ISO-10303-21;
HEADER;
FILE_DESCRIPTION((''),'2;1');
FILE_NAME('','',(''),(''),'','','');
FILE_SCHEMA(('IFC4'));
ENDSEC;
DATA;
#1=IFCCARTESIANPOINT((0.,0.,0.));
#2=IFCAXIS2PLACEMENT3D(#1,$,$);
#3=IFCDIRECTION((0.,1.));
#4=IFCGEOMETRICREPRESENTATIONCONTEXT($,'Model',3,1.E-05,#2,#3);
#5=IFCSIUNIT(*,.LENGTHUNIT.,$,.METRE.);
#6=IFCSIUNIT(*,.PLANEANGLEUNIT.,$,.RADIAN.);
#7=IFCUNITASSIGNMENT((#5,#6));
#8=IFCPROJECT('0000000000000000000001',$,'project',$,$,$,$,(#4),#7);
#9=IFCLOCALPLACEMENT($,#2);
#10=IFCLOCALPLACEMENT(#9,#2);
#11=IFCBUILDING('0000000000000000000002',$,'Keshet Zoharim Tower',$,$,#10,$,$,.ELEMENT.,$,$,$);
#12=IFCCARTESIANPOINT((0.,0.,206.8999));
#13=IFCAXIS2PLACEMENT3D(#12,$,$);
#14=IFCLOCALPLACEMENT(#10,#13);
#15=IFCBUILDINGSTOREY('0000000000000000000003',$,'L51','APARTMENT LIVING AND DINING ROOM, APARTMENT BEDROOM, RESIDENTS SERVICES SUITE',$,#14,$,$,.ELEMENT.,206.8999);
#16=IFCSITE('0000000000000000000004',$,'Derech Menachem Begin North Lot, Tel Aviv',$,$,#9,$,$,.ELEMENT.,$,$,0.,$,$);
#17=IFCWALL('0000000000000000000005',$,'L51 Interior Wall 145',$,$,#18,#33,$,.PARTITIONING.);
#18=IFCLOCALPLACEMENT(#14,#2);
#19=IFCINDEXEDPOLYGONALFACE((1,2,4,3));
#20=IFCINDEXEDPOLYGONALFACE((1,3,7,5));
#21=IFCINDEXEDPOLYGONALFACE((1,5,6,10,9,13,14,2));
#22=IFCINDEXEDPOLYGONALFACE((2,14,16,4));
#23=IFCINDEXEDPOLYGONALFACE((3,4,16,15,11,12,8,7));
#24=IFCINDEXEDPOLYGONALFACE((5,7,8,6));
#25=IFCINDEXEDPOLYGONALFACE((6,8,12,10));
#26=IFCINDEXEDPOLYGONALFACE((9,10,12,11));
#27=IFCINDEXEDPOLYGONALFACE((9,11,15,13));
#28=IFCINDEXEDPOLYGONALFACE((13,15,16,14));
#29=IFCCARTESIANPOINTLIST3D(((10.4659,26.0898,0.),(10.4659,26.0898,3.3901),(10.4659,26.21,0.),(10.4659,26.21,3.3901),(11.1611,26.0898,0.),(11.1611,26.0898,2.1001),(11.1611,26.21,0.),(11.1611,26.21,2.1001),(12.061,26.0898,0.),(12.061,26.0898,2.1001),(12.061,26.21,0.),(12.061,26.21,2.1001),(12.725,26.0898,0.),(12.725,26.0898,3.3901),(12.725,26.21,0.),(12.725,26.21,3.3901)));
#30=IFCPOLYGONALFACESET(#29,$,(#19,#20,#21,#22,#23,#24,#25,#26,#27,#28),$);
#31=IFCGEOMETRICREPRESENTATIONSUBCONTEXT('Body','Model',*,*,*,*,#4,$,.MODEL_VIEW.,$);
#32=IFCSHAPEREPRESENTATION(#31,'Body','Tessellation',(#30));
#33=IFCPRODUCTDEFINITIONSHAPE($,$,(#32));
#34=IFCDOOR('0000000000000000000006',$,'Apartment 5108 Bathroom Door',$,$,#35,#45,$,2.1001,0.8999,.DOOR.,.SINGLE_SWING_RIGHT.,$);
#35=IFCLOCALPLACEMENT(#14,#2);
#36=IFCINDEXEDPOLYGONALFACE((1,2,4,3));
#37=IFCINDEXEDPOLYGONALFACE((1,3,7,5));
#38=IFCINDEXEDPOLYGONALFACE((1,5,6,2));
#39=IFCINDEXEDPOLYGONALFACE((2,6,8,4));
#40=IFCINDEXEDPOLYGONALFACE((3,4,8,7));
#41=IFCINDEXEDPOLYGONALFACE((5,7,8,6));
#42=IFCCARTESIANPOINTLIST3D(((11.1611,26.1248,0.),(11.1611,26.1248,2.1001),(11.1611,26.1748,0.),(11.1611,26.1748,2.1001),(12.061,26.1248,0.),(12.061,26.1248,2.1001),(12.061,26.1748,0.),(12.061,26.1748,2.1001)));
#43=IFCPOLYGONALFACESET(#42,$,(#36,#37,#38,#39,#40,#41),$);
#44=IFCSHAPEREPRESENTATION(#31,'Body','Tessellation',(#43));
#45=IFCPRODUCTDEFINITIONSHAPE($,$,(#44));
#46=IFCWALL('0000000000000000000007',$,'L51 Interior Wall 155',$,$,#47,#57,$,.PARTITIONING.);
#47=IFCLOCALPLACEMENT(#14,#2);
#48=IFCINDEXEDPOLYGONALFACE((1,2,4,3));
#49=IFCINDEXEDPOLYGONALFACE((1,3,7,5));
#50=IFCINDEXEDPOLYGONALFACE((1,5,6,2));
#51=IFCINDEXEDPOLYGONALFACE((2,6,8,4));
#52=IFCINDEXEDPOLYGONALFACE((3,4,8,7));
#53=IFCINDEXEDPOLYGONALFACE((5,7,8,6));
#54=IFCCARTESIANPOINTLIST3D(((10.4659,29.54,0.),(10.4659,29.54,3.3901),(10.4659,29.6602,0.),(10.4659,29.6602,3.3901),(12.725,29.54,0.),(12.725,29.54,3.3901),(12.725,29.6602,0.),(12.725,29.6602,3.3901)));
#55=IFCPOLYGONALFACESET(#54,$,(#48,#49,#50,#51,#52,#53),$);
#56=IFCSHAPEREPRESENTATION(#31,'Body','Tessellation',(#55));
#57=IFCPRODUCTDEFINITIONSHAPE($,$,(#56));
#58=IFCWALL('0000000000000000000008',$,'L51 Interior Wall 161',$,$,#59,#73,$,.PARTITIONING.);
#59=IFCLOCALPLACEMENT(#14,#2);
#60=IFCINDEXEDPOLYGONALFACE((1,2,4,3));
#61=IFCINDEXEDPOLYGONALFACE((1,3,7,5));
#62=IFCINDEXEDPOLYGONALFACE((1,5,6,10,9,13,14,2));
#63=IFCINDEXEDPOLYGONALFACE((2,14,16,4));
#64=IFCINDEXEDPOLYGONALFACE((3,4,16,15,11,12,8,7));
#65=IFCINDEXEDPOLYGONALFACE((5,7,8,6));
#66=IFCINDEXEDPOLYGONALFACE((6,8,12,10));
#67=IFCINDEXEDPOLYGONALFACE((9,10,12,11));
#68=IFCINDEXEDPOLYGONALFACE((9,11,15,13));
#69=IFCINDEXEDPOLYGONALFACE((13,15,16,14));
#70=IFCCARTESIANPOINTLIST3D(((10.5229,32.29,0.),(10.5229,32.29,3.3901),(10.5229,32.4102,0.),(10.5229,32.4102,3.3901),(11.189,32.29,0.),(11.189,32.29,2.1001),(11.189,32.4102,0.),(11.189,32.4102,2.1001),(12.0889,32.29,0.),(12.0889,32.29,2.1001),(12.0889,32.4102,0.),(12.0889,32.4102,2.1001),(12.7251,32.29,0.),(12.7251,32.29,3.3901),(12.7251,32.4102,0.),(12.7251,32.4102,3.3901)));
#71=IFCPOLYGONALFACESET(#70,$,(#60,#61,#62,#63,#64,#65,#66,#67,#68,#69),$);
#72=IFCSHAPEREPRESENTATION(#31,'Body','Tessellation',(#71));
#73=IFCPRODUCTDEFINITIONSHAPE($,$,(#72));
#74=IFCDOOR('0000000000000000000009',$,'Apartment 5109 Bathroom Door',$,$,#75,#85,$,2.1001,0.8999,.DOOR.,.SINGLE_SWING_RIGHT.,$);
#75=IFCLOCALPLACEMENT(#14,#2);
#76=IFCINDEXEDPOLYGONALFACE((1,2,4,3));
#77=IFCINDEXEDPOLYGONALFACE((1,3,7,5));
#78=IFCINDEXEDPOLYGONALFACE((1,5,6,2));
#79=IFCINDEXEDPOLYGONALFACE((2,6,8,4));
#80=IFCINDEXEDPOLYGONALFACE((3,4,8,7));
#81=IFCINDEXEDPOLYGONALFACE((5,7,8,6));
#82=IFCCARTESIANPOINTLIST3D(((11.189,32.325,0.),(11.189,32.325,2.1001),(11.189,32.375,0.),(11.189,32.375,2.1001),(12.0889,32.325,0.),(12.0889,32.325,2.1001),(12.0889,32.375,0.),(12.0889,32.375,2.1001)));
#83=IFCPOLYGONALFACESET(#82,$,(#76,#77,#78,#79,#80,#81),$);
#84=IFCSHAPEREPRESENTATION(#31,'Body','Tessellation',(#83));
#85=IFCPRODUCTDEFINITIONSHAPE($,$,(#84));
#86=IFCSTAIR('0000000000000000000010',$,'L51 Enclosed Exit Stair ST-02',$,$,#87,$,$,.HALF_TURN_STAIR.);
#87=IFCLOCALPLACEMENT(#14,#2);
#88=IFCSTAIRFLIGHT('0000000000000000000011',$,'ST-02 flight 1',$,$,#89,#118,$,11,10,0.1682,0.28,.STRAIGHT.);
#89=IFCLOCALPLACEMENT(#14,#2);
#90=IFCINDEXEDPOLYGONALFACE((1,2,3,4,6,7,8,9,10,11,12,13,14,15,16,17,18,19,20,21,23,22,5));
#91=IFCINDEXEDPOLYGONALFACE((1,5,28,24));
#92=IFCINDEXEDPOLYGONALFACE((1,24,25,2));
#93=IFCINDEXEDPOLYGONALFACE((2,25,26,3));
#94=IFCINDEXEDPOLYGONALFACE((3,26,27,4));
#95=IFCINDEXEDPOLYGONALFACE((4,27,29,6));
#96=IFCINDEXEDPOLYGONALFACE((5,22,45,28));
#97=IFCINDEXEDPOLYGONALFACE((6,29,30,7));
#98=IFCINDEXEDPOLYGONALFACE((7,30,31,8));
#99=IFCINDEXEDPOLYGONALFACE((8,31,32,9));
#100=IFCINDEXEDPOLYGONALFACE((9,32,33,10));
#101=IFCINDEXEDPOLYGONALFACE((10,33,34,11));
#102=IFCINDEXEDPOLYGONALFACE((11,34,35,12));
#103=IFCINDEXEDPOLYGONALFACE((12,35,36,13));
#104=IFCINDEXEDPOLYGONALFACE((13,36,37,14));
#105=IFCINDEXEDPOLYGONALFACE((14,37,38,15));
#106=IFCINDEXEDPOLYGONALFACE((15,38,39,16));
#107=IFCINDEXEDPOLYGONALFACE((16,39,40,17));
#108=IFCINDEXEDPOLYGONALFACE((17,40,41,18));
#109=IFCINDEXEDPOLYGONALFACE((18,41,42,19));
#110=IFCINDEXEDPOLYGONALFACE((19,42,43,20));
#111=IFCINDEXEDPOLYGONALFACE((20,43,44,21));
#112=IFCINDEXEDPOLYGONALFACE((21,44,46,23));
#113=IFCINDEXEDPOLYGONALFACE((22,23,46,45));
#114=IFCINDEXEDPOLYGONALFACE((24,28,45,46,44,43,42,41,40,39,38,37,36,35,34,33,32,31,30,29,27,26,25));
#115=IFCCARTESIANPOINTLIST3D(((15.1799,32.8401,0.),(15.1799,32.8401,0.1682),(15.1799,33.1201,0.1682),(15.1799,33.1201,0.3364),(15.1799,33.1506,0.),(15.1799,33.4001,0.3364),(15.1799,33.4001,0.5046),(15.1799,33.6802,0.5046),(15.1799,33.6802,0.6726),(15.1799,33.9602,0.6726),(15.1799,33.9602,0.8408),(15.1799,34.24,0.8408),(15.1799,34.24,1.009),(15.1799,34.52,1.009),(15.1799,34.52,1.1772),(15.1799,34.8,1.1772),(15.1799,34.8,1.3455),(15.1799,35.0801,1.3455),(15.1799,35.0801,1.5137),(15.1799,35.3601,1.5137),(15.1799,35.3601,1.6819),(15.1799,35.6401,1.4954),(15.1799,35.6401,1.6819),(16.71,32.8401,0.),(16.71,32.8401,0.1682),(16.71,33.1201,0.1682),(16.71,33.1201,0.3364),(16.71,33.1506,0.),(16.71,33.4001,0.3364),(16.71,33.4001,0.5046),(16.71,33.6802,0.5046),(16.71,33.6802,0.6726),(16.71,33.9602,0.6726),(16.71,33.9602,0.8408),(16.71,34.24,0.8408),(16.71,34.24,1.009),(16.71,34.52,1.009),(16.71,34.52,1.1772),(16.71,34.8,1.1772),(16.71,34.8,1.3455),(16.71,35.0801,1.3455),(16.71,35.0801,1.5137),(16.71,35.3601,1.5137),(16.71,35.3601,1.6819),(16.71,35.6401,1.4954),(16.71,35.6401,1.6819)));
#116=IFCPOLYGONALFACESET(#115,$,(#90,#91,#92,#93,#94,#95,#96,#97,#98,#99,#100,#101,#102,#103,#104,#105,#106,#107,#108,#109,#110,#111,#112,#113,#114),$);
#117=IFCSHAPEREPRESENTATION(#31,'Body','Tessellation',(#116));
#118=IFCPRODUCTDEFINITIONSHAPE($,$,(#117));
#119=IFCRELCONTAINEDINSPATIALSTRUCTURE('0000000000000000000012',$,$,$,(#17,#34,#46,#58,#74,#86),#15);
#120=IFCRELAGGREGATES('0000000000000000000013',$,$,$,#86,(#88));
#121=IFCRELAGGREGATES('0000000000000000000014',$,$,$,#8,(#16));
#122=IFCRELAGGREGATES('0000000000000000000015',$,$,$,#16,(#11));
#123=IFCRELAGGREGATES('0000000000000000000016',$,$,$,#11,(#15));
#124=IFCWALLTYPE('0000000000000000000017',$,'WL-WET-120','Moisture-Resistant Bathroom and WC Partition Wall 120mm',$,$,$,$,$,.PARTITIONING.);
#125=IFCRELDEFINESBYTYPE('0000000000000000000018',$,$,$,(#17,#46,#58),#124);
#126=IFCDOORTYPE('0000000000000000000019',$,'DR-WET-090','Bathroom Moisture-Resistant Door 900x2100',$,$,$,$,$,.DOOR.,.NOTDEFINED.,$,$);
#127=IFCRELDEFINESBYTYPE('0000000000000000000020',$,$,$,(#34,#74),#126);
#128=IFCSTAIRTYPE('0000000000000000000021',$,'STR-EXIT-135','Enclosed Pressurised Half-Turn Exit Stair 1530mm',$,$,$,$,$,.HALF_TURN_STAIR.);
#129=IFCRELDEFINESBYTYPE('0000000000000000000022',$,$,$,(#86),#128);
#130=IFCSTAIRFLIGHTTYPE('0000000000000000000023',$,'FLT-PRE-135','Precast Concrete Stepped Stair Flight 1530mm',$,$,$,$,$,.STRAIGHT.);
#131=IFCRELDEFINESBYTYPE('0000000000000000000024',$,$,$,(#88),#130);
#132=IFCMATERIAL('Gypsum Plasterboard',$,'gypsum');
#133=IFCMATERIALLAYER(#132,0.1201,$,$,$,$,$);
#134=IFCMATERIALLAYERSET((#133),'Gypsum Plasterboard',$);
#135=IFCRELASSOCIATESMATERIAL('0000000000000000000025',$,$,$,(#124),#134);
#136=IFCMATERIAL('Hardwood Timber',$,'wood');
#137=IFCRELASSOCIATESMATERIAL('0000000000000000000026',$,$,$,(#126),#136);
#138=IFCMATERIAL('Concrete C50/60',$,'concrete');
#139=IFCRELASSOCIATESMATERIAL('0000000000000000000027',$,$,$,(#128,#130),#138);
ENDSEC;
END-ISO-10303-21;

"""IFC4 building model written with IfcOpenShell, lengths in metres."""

from ifc_helpers import new_model, si_unit, direction, frame, frame_2d, origin, place, context, subcontext, project, spatial, polyline, rectangle, outline, extrude, material, layer, layer_set, type_object, element, fill, aggregate, save


model = new_model("IFC4")

# Units and contexts
model_context = context("Model", 3, precision=1e-05, world=origin(), true_north=direction((0.0, 1.0)))
body_context = subcontext(model_context, "Body", "Model", "MODEL_VIEW")
ifc_project = project(units=[si_unit("LENGTHUNIT", "METRE"), si_unit("PLANEANGLEUNIT", "RADIAN")], contexts=[model_context])

# Site, building, storey
site_placement = place(None, origin())
site = spatial("IfcSite", under=ifc_project, at=site_placement, Name="Derech Menachem Begin North Lot, Tel Aviv", CompositionType="ELEMENT", RefElevation=0.0)
building_placement = place(site_placement, origin())
building = spatial("IfcBuilding", under=site, at=building_placement, Name="Keshet Zoharim Tower", CompositionType="ELEMENT")
storey_placement = place(building_placement, frame((0.0, 0.0, 206.8999)))
storey = spatial("IfcBuildingStorey", under=building, at=storey_placement, Name="L51", Description="APARTMENT LIVING AND DINING ROOM, APARTMENT BEDROOM, RESIDENTS SERVICES SUITE", CompositionType="ELEMENT", Elevation=206.8999)

# Shared definitions
ifc_material_1 = material(Name="Hardwood Timber", Category="wood")

# Shared definitions
ifc_material_2 = material(Name="Gypsum Plasterboard", Category="gypsum")

# Shared definitions
ifc_layer_1 = layer(ifc_material_2, 0.1201)
ifc_layer_set_1 = layer_set([ifc_layer_1], Name="Gypsum Plasterboard")
wall_type_1 = type_object("IfcWallType", Name="WL-WET-120", Description="Moisture-Resistant Bathroom and WC Partition Wall 120mm", PredefinedType="PARTITIONING", material=ifc_layer_set_1)

# Wall, opening, door
wall_1_placement = place(storey_placement, frame((10.4661, 26.1499, 0.0), z_axis=(0.0, 0.0, 1.0), x_axis=(1.0, 0.0, 0.0)))
wall_1 = element("IfcWall", 1, at=wall_1_placement, inside=storey, type_object=wall_type_1, Name="L51 Interior Wall 145", PredefinedType="PARTITIONING", context=body_context, shape_type="SweptSolid", body=[
    extrude(rectangle(XDim=2.259, YDim=0.1201, at=frame_2d((1.1294, 0.0))), origin(), (0.0, 0.0, 1.0), 3.3901),
])
opening_1_placement = place(wall_1_placement, frame((0.6951, 0.0, 0.0)))
opening_1 = element("IfcOpeningElement", 2, at=opening_1_placement, cuts=wall_1, PredefinedType="OPENING", context=body_context, shape_type="SweptSolid", body=[
    extrude(rectangle(XDim=0.8999, YDim=2.1001, at=frame_2d((0.45, 1.05))), frame((0.0, 0.0701, 0.0), z_axis=(0.0, -1.0, 0.0), x_axis=(1.0, 0.0, 0.0)), (0.0, 0.0, 1.0), 0.1401),
])
door_type_1 = type_object("IfcDoorType", Name="DR-WET-090", Description="Bathroom Moisture-Resistant Door 900x2100", OperationType="NOTDEFINED", PredefinedType="DOOR", material=ifc_material_1)
door_1_placement = place(opening_1_placement, origin())
door_1 = element("IfcDoor", 3, at=door_1_placement, inside=storey, type_object=door_type_1, Name="Apartment 5108 Bathroom Door", OperationType="SINGLE_SWING_RIGHT", OverallHeight=2.1001, OverallWidth=0.8999, PredefinedType="DOOR", context=body_context, shape_type="SweptSolid", body=[
    extrude(rectangle(XDim=0.8999, YDim=2.1001, at=frame_2d((0.45, 1.05))), frame((0.0, 0.0249, 0.0), z_axis=(0.0, -1.0, 0.0), x_axis=(1.0, 0.0, 0.0)), (0.0, 0.0, 1.0), 0.05),
])
fill(opening_1, door_1)

# Wall
wall_2_placement = place(storey_placement, frame((10.4661, 29.6001, 0.0), z_axis=(0.0, 0.0, 1.0), x_axis=(1.0, 0.0, 0.0)))
element("IfcWall", 4, at=wall_2_placement, inside=storey, type_object=wall_type_1, Name="L51 Interior Wall 155", PredefinedType="PARTITIONING", context=body_context, shape_type="SweptSolid", body=[
    extrude(rectangle(XDim=2.259, YDim=0.1201, at=frame_2d((1.1294, 0.0))), origin(), (0.0, 0.0, 1.0), 3.3901),
])

# Wall, opening, door
wall_3_placement = place(storey_placement, frame((10.5229, 32.3501, 0.0), z_axis=(0.0, 0.0, 1.0), x_axis=(1.0, 0.0, 0.0)))
wall_3 = element("IfcWall", 5, at=wall_3_placement, inside=storey, type_object=wall_type_1, Name="L51 Interior Wall 161", PredefinedType="PARTITIONING", context=body_context, shape_type="SweptSolid", body=[
    extrude(rectangle(XDim=2.2021, YDim=0.1201, at=frame_2d((1.1011, 0.0))), origin(), (0.0, 0.0, 1.0), 3.3901),
])
opening_2_placement = place(wall_3_placement, frame((0.666, 0.0, 0.0)))
opening_2 = element("IfcOpeningElement", 6, at=opening_2_placement, cuts=wall_3, PredefinedType="OPENING", context=body_context, shape_type="SweptSolid", body=[
    extrude(rectangle(XDim=0.8999, YDim=2.1001, at=frame_2d((0.45, 1.05))), frame((0.0, 0.0701, 0.0), z_axis=(0.0, -1.0, 0.0), x_axis=(1.0, 0.0, 0.0)), (0.0, 0.0, 1.0), 0.1401),
])
door_2_placement = place(opening_2_placement, origin())
door_2 = element("IfcDoor", 7, at=door_2_placement, inside=storey, type_object=door_type_1, Name="Apartment 5109 Bathroom Door", OperationType="SINGLE_SWING_RIGHT", OverallHeight=2.1001, OverallWidth=0.8999, PredefinedType="DOOR", context=body_context, shape_type="SweptSolid", body=[
    extrude(rectangle(XDim=0.8999, YDim=2.1001, at=frame_2d((0.45, 1.05))), frame((0.0, 0.0249, 0.0), z_axis=(0.0, -1.0, 0.0), x_axis=(1.0, 0.0, 0.0)), (0.0, 0.0, 1.0), 0.05),
])
fill(opening_2, door_2)

# Stair, stair flight
ifc_material_3 = material(Name="Concrete C50/60", Category="concrete")
stair_type = type_object("IfcStairType", Name="STR-EXIT-135", Description="Enclosed Pressurised Half-Turn Exit Stair 1530mm", PredefinedType="HALF_TURN_STAIR", material=ifc_material_3)
stair_placement = place(storey_placement, origin())
stair = element("IfcStair", 8, at=stair_placement, inside=storey, type_object=stair_type, Name="L51 Enclosed Exit Stair ST-02", PredefinedType="HALF_TURN_STAIR")
stair_flight_type = type_object("IfcStairFlightType", Name="FLT-PRE-135", Description="Precast Concrete Stepped Stair Flight 1530mm", PredefinedType="STRAIGHT", material=ifc_material_3)
stair_flight_placement = place(storey_placement, frame((15.9451, 32.8401, 0.0), z_axis=(0.0, 0.0, 1.0), x_axis=(0.0, 1.0, 0.0)))
stair_flight = element("IfcStairFlight", 9, at=stair_flight_placement, type_object=stair_flight_type, Name="ST-02 flight 1", NumberOfRisers=11, NumberOfTreads=10, PredefinedType="STRAIGHT", RiserHeight=0.1682, TreadLength=0.28, context=body_context, shape_type="SweptSolid", body=[
    extrude(outline(polyline([(0.0, 0.0), (0.0, 0.1682), (0.28, 0.1682), (0.28, 0.3364), (0.5601, 0.3364), (0.5601, 0.5046), (0.8401, 0.5046), (0.8401, 0.6726), (1.1201, 0.6726), (1.1201, 0.8408), (1.3999, 0.8408), (1.3999, 1.009), (1.6799, 1.009), (1.6799, 1.1772), (1.96, 1.1772), (1.96, 1.3455), (2.24, 1.3455), (2.24, 1.5137), (2.52, 1.5137), (2.52, 1.6819), (2.8, 1.6819), (2.8, 1.8501), (2.8, 1.4954), (0.3105, 0.0), (0.0, 0.0)])), frame((0.0, 0.7651, 0.0), z_axis=(0.0, -1.0, 0.0), x_axis=(1.0, 0.0, 0.0)), (0.0, 0.0, 1.0), 1.53),
])
aggregate(stair, [stair_flight])

save(model, "model.ifc")
